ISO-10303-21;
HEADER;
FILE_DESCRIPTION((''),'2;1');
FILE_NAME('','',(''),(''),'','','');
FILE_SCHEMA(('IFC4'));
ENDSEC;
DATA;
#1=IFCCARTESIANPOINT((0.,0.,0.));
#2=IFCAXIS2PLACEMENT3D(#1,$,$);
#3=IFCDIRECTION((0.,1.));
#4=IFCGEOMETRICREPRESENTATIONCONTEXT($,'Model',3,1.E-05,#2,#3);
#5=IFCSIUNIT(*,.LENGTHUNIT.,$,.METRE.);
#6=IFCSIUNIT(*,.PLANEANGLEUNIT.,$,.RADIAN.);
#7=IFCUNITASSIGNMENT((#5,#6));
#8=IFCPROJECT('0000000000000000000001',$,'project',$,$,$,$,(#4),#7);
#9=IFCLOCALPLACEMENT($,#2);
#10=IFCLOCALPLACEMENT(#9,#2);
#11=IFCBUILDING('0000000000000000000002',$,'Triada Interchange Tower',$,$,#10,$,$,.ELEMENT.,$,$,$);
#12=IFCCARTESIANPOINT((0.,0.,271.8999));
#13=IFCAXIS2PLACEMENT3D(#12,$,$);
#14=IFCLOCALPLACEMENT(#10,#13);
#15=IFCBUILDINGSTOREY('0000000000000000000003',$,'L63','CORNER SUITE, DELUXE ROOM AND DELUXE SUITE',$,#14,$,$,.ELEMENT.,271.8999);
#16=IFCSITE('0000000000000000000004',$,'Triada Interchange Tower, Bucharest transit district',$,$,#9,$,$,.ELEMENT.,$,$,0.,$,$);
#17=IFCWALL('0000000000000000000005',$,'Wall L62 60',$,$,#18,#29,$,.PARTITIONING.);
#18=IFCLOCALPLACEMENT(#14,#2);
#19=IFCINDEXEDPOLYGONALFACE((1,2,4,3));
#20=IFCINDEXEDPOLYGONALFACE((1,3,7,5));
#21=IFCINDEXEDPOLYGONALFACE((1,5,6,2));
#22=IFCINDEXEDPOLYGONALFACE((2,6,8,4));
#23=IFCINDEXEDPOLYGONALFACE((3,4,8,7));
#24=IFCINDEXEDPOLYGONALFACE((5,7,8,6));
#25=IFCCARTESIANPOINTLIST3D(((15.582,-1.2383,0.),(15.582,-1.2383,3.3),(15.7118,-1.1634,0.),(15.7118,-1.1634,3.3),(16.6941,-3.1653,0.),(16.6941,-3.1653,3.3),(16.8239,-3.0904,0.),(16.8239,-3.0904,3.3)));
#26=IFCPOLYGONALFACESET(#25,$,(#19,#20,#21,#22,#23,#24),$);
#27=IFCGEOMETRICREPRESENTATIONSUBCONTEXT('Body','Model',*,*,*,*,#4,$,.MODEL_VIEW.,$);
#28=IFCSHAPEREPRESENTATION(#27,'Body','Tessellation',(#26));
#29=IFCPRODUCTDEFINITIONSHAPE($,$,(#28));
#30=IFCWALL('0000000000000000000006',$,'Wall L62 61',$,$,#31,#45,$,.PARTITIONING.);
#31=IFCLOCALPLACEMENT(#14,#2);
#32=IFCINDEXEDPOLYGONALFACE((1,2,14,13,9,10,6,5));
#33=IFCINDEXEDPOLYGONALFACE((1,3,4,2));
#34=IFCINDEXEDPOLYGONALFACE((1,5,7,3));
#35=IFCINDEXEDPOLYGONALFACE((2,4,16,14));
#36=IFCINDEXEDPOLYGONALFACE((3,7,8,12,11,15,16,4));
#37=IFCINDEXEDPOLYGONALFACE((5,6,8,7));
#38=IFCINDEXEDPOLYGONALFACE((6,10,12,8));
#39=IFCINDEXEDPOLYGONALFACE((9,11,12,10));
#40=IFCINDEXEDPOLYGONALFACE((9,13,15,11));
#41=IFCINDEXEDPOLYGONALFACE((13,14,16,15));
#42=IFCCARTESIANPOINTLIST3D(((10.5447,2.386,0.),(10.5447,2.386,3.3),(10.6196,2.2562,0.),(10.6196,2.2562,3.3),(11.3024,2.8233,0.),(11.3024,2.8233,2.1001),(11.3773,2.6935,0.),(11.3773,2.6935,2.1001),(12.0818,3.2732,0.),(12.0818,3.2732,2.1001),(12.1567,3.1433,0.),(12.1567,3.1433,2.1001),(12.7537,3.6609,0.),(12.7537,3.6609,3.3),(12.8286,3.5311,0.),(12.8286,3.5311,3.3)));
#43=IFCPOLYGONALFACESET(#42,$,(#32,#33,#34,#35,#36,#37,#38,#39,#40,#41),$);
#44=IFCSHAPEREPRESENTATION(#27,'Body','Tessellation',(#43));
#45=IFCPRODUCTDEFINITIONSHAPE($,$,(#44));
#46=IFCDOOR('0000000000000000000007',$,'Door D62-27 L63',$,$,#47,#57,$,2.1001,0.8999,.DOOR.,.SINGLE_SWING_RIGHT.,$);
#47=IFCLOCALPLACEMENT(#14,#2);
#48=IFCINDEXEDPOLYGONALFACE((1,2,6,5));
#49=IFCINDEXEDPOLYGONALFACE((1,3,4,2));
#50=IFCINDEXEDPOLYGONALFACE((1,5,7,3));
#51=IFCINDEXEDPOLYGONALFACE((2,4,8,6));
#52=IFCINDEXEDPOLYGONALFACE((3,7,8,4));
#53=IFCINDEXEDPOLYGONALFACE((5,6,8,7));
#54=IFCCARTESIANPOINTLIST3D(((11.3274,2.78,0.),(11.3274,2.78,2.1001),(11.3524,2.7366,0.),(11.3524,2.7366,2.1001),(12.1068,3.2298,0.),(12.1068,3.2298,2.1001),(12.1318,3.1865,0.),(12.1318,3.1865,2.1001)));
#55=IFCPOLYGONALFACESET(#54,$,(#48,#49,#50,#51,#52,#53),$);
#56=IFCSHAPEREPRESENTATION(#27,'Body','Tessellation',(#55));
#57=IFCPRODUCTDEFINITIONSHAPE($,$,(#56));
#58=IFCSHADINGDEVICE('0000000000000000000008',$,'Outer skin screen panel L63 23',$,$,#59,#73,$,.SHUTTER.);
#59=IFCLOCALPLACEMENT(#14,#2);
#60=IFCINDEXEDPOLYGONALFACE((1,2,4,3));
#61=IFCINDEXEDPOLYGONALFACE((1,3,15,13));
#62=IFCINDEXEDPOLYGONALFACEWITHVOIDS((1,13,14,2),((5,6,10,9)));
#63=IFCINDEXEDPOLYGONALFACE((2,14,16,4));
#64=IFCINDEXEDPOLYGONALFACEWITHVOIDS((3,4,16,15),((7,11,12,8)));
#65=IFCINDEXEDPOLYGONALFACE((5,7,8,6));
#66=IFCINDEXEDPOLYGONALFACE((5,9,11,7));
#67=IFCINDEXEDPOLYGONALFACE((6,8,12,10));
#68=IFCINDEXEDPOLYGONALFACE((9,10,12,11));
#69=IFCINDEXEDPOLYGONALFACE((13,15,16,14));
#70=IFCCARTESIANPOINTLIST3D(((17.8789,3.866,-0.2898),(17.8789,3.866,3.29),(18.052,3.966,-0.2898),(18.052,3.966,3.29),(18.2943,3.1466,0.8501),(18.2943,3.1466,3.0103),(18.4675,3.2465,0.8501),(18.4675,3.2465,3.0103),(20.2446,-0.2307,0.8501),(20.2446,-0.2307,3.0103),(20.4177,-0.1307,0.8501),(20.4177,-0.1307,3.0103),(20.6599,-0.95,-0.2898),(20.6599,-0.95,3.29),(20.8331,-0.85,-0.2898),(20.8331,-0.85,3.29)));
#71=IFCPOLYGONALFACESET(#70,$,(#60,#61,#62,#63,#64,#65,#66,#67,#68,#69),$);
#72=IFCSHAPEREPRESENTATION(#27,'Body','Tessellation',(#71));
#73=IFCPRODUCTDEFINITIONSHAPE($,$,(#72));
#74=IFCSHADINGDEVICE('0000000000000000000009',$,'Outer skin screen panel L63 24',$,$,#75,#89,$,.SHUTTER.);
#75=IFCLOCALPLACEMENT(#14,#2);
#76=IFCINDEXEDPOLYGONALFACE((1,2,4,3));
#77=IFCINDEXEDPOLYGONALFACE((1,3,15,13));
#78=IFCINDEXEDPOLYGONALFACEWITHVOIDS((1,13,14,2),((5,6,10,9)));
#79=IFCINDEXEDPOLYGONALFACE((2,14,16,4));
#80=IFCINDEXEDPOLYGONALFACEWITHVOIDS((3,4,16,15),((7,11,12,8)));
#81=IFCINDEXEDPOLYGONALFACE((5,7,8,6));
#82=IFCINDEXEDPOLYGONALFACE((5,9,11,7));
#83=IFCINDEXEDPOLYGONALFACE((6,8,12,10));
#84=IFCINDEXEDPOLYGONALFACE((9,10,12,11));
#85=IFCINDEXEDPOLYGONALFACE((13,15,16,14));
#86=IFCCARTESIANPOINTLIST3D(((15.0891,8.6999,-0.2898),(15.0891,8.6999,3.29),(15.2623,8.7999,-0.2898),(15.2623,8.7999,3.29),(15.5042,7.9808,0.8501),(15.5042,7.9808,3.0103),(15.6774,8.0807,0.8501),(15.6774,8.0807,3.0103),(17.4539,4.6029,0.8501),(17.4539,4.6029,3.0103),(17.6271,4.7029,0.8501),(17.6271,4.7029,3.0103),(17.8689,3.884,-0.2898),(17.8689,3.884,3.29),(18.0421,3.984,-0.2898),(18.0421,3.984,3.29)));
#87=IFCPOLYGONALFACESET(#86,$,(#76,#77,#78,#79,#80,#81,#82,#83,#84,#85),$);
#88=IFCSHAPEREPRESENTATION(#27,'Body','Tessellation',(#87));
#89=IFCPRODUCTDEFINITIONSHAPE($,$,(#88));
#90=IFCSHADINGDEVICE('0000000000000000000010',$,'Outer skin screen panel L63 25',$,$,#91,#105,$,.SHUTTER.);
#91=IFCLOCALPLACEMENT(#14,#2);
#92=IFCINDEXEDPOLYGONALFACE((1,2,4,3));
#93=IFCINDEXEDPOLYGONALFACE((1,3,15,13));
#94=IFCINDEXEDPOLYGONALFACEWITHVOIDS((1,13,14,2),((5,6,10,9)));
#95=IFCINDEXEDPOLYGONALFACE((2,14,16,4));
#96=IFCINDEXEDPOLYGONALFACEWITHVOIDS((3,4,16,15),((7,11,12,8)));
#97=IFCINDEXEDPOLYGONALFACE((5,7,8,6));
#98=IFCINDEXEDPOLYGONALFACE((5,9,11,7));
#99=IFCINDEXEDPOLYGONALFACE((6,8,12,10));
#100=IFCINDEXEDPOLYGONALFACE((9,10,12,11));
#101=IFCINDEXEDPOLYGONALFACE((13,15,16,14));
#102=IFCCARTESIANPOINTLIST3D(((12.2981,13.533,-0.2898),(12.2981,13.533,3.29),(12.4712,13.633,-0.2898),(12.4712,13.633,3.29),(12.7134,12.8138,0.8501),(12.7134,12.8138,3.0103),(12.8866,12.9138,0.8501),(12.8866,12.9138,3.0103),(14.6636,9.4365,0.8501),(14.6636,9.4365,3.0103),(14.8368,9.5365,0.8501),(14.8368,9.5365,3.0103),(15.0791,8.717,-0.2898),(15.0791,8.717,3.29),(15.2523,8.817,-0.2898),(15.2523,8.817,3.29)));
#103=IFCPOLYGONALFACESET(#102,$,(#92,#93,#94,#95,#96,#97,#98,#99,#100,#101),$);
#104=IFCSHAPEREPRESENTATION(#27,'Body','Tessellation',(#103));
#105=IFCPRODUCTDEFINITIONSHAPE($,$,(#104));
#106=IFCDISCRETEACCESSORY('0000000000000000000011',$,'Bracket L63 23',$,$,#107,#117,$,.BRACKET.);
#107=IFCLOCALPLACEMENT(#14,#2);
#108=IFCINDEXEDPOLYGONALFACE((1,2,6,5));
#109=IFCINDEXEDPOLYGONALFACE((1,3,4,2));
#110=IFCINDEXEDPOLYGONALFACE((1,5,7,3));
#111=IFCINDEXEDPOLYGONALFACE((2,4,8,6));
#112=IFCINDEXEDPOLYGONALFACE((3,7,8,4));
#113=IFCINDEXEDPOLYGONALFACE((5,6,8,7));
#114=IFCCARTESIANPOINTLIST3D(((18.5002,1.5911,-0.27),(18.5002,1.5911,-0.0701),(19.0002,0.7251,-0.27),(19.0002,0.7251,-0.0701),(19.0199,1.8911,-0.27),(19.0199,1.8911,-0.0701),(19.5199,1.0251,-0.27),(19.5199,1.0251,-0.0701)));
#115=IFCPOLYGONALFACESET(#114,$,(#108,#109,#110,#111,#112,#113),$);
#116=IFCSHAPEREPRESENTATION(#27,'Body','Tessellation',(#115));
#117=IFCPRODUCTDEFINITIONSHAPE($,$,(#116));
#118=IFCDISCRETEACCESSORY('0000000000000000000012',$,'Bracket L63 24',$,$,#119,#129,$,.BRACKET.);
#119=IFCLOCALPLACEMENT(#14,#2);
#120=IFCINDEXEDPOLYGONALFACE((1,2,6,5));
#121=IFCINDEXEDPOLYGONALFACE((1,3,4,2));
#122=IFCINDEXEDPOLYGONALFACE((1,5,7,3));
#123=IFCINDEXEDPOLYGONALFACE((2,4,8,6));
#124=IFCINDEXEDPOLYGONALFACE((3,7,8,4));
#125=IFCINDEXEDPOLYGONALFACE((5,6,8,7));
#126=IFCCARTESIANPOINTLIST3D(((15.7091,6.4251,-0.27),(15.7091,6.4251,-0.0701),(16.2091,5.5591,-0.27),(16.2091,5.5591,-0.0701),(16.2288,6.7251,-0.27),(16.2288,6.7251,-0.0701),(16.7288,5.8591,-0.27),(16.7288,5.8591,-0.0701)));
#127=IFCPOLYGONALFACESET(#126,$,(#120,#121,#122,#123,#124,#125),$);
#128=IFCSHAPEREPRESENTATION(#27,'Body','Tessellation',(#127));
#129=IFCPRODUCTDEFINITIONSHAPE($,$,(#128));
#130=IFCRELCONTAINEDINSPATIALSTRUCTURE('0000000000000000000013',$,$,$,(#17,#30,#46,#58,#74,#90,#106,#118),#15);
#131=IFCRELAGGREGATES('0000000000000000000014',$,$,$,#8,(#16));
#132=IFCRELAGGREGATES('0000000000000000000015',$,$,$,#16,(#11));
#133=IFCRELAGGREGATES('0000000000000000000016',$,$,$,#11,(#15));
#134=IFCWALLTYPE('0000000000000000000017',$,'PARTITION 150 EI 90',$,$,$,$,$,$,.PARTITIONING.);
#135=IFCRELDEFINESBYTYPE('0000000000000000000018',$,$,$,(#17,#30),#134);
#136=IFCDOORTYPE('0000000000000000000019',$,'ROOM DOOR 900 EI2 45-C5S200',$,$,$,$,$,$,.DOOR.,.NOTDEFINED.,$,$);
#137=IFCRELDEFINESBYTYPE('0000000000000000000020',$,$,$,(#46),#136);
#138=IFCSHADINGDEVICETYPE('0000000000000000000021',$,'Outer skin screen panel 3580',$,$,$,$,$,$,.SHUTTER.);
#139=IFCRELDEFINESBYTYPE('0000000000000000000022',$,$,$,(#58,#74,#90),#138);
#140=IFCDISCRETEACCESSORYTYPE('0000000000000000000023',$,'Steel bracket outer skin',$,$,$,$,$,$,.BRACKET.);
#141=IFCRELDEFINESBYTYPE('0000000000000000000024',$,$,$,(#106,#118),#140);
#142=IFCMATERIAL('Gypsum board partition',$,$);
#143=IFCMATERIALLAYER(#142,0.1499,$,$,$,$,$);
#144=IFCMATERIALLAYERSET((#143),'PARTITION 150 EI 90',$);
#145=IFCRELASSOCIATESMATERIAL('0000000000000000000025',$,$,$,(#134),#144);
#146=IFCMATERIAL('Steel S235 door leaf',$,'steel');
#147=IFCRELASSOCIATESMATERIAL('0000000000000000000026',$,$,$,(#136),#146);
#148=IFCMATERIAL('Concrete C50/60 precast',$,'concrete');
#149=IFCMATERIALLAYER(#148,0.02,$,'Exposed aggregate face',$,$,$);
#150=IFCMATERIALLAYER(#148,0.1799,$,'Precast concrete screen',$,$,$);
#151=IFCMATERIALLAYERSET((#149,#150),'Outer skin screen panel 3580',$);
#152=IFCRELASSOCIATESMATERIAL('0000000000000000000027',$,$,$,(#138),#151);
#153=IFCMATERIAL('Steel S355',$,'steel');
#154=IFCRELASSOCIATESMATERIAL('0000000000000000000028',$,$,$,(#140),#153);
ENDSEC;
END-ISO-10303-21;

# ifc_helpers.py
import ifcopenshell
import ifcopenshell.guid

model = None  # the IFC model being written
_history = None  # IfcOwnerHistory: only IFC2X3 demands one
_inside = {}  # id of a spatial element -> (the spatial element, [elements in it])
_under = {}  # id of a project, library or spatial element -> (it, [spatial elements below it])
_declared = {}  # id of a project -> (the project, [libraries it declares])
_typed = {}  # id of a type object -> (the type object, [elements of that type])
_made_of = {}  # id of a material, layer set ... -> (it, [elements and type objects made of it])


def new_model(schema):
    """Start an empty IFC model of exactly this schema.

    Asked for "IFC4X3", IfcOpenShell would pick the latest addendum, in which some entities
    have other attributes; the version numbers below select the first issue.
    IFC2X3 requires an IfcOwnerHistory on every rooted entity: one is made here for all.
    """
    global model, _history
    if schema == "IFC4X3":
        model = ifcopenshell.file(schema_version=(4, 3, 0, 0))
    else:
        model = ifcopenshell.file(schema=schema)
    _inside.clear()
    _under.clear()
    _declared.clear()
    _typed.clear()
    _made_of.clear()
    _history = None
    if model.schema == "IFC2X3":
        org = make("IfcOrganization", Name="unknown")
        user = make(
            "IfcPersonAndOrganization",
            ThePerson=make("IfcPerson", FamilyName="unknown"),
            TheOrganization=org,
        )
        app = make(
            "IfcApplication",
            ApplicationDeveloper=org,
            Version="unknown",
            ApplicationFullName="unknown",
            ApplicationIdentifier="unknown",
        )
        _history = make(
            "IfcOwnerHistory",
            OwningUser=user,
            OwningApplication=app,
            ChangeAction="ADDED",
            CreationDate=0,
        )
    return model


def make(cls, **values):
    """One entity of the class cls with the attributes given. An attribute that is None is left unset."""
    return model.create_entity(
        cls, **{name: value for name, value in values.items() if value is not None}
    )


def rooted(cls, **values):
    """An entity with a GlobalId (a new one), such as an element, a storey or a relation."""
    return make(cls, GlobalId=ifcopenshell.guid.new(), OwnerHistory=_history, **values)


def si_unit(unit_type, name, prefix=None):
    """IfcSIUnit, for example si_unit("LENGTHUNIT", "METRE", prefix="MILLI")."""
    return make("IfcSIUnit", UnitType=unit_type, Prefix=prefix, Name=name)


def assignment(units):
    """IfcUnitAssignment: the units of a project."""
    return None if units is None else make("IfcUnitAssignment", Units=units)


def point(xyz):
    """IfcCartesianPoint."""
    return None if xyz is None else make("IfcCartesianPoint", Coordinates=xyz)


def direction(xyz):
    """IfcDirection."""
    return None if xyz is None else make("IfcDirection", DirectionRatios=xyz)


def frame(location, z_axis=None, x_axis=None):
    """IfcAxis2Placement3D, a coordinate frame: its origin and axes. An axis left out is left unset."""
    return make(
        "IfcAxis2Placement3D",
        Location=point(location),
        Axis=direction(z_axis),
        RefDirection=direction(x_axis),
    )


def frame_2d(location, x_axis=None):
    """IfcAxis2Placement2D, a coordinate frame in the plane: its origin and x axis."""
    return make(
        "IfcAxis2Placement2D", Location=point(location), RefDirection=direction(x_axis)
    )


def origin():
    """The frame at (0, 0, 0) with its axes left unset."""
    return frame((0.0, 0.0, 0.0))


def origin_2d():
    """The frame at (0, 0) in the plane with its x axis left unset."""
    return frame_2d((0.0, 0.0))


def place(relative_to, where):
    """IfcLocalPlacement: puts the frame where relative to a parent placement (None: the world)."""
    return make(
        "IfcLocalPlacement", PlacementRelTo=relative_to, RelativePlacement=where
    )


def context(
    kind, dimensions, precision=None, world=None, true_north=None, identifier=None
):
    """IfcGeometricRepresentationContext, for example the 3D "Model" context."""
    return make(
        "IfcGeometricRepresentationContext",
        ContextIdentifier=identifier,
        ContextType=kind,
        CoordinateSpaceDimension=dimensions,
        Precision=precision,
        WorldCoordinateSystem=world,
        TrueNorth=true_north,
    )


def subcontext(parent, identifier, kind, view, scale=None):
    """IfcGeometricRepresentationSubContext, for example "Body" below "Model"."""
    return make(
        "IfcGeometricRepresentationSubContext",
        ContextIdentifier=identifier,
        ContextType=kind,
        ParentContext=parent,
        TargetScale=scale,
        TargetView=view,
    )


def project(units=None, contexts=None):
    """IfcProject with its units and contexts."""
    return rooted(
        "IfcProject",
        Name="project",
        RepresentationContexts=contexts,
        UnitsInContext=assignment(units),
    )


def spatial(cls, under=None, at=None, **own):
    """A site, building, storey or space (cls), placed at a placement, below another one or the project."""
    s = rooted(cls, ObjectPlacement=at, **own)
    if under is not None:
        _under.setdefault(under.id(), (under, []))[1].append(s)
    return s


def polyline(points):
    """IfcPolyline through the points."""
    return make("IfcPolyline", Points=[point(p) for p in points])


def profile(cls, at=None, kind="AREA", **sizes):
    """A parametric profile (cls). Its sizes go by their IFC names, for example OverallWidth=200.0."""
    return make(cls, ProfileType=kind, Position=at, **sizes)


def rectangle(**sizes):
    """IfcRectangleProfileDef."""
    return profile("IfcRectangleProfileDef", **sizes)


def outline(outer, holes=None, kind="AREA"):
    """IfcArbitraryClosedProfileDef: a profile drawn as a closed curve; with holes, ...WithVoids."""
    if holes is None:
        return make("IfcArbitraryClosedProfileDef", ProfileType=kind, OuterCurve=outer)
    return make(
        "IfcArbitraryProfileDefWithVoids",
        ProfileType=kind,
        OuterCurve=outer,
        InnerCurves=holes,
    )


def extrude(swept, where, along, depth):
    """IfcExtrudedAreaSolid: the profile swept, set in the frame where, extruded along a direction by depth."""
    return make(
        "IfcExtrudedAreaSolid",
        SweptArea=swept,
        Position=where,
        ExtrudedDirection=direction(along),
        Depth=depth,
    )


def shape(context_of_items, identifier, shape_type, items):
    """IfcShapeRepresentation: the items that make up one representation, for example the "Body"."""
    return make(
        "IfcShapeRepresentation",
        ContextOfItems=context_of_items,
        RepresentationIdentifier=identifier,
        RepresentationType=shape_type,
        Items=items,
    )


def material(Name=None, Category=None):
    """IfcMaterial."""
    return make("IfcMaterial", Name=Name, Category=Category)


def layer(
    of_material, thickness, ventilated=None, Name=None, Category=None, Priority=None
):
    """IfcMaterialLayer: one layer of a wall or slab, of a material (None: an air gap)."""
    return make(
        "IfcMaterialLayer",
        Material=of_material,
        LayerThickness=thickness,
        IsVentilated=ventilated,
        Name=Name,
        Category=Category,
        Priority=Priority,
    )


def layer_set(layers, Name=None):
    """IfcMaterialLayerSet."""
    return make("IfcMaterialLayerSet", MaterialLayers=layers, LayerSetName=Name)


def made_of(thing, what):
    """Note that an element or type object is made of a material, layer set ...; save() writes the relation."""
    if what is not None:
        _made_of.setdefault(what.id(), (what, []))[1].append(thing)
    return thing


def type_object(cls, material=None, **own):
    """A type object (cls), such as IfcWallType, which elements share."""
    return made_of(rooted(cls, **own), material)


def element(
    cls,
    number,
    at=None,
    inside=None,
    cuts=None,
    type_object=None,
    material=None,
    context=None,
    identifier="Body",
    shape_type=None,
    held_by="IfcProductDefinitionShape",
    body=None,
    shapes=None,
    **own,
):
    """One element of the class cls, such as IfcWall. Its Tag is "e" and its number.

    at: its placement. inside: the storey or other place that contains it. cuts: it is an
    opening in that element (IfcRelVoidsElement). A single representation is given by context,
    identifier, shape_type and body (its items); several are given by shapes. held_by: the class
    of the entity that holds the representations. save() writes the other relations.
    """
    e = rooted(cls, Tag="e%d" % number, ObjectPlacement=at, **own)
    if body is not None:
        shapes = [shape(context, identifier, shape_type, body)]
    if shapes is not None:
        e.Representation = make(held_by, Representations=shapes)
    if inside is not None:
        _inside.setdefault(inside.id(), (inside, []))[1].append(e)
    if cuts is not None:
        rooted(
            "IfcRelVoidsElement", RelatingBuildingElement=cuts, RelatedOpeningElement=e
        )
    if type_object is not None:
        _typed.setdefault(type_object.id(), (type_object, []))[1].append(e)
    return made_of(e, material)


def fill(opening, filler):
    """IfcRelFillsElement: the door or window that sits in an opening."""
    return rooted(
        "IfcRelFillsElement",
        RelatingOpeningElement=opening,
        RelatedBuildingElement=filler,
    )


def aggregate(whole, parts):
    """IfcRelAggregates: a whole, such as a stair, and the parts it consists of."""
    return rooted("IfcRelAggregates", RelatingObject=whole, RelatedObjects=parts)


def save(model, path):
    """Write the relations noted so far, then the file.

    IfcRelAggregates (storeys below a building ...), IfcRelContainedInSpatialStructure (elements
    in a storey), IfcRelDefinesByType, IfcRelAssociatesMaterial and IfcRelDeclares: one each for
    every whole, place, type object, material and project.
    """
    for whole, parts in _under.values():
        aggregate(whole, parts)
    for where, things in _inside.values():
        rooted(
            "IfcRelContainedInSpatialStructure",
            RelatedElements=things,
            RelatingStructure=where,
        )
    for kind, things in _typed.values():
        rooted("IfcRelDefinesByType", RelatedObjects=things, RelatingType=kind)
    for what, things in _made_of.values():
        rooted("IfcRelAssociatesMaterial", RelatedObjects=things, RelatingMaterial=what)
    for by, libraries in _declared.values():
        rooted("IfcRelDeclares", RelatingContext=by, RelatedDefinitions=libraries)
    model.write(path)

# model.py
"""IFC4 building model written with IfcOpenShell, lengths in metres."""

from ifc_helpers import new_model, si_unit, direction, frame, frame_2d, origin, origin_2d, place, context, subcontext, project, spatial, polyline, rectangle, outline, extrude, material, layer, layer_set, type_object, element, fill, save


model = new_model("IFC4")

# Units and contexts
model_context = context("Model", 3, precision=1e-05, world=origin(), true_north=direction((0.0, 1.0)))
body_context = subcontext(model_context, "Body", "Model", "MODEL_VIEW")
ifc_project = project(units=[si_unit("LENGTHUNIT", "METRE"), si_unit("PLANEANGLEUNIT", "RADIAN")], contexts=[model_context])

# Site, building, storey
site_placement = place(None, origin())
site = spatial("IfcSite", under=ifc_project, at=site_placement, Name="Triada Interchange Tower, Bucharest transit district", CompositionType="ELEMENT", RefElevation=0.0)
building_placement = place(site_placement, origin())
building = spatial("IfcBuilding", under=site, at=building_placement, Name="Triada Interchange Tower", CompositionType="ELEMENT")
storey_placement = place(building_placement, frame((0.0, 0.0, 271.8999)))
storey = spatial("IfcBuildingStorey", under=building, at=storey_placement, Name="L63", Description="CORNER SUITE, DELUXE ROOM AND DELUXE SUITE", CompositionType="ELEMENT", Elevation=271.8999)

# Shared definitions
ifc_material_1 = material(Name="Gypsum board partition")

# Shared definitions
ifc_layer_1 = layer(ifc_material_1, 0.1499)
ifc_layer_set_1 = layer_set([ifc_layer_1], Name="PARTITION 150 EI 90")
wall_type_1 = type_object("IfcWallType", Name="PARTITION 150 EI 90", PredefinedType="PARTITIONING", material=ifc_layer_set_1)
ifc_material_2 = material(Name="Steel S235 door leaf", Category="steel")
door_type = type_object("IfcDoorType", Name="ROOM DOOR 900 EI2 45-C5S200", OperationType="NOTDEFINED", PredefinedType="DOOR", material=ifc_material_2)

# Wall
wall_1_placement = place(storey_placement, frame((15.647, -1.2009, 0.0), z_axis=(0.0, 0.0, 1.0), x_axis=(0.499833, -0.866122, 0.0)))
element("IfcWall", 1, at=wall_1_placement, inside=storey, type_object=wall_type_1, Name="Wall L62 60", PredefinedType="PARTITIONING", context=body_context, shape_type="SweptSolid", body=[
    extrude(rectangle(XDim=2.2249, YDim=0.1499, at=frame_2d((1.1123, 0.0))), origin(), (0.0, 0.0, 1.0), 3.3),
])

# Wall, opening, door
wall_2_placement = place(storey_placement, frame((10.582, 2.321, 0.0), z_axis=(0.0, 0.0, 1.0), x_axis=(0.866103, 0.499866, 0.0)))
wall_2 = element("IfcWall", 2, at=wall_2_placement, inside=storey, type_object=wall_type_1, Name="Wall L62 61", PredefinedType="PARTITIONING", context=body_context, shape_type="SweptSolid", body=[
    extrude(rectangle(XDim=2.5505, YDim=0.1499, at=frame_2d((1.2754, 0.0))), origin(), (0.0, 0.0, 1.0), 3.3),
])
opening_1_placement = place(wall_2_placement, frame((0.875, 0.0, 0.0)))
opening_1 = element("IfcOpeningElement", 3, at=opening_1_placement, cuts=wall_2, PredefinedType="OPENING", context=body_context, shape_type="SweptSolid", body=[
    extrude(rectangle(XDim=0.8999, YDim=2.1001, at=frame_2d((0.45, 1.05))), frame((0.0, 0.085, 0.0), z_axis=(0.0, -1.0, 0.0), x_axis=(1.0, 0.0, 0.0)), (0.0, 0.0, 1.0), 0.1699),
])
door_1_placement = place(opening_1_placement, origin())
door_1 = element("IfcDoor", 4, at=door_1_placement, inside=storey, type_object=door_type, Name="Door D62-27 L63", OperationType="SINGLE_SWING_RIGHT", OverallHeight=2.1001, OverallWidth=0.8999, PredefinedType="DOOR", context=body_context, shape_type="SweptSolid", body=[
    extrude(rectangle(XDim=0.8999, YDim=2.1001, at=frame_2d((0.45, 1.05))), frame((0.0, 0.0249, 0.0), z_axis=(0.0, -1.0, 0.0), x_axis=(1.0, 0.0, 0.0)), (0.0, 0.0, 1.0), 0.05),
])
fill(opening_1, door_1)

# Shading devices
ifc_material_3 = material(Name="Concrete C50/60 precast", Category="concrete")
ifc_layer_2 = layer(ifc_material_3, 0.02, Name="Exposed aggregate face")
ifc_layer_3 = layer(ifc_material_3, 0.1799, Name="Precast concrete screen")
ifc_layer_set_2 = layer_set([ifc_layer_2, ifc_layer_3], Name="Outer skin screen panel 3580")
shading_device_type = type_object("IfcShadingDeviceType", Name="Outer skin screen panel 3580", PredefinedType="SHUTTER", material=ifc_layer_set_2)
shading_device_1_placement = place(storey_placement, frame((20.6599, -0.95, -0.2898), z_axis=(0.0, 0.0, 1.0), x_axis=(-0.500072, 0.865984, 0.0)))
element("IfcShadingDevice", 5, at=shading_device_1_placement, inside=storey, type_object=shading_device_type, Name="Outer skin screen panel L63 23", PredefinedType="SHUTTER", context=body_context, shape_type="SweptSolid", body=[
    extrude(outline(polyline([(0.0, 0.0), (5.5613, 0.0), (5.5613, 3.5798), (0.0, 3.5798), (0.0, 0.0)]), holes=[polyline([(0.8306, 1.1399), (0.8306, 3.3), (4.7305, 3.3), (4.7305, 1.1399), (0.8306, 1.1399)])]), frame((0.0, 0.0, 0.0), z_axis=(0.0, -1.0, 0.0), x_axis=(1.0, 0.0, 0.0)), (0.0, 0.0, 1.0), 0.2),
])
shading_device_2_placement = place(storey_placement, frame((17.8689, 3.884, -0.2898), z_axis=(0.0, 0.0, 1.0), x_axis=(-0.499907, 0.866079, 0.0)))
element("IfcShadingDevice", 6, at=shading_device_2_placement, inside=storey, type_object=shading_device_type, Name="Outer skin screen panel L63 24", PredefinedType="SHUTTER", context=body_context, shape_type="SweptSolid", body=[
    extrude(outline(polyline([(0.0, 0.0), (5.5605, 0.0), (5.5605, 3.5798), (0.0, 3.5798), (0.0, 0.0)]), holes=[polyline([(0.8301, 1.1399), (0.8301, 3.3), (4.7302, 3.3), (4.7302, 1.1399), (0.8301, 1.1399)])]), frame((0.0, 0.0, 0.0), z_axis=(0.0, -1.0, 0.0), x_axis=(1.0, 0.0, 0.0)), (0.0, 0.0, 1.0), 0.2),
])
shading_device_3_placement = place(storey_placement, frame((15.0791, 8.717, -0.2898), z_axis=(0.0, 0.0, 1.0), x_axis=(-0.500072, 0.865984, 0.0)))
element("IfcShadingDevice", 7, at=shading_device_3_placement, inside=storey, type_object=shading_device_type, Name="Outer skin screen panel L63 25", PredefinedType="SHUTTER", context=body_context, shape_type="SweptSolid", body=[
    extrude(outline(polyline([(0.0, 0.0), (5.5613, 0.0), (5.5613, 3.5798), (0.0, 3.5798), (0.0, 0.0)]), holes=[polyline([(0.8308, 1.1399), (0.8308, 3.3), (4.7307, 3.3), (4.7307, 1.1399), (0.8308, 1.1399)])]), frame((0.0, 0.0, 0.0), z_axis=(0.0, -1.0, 0.0), x_axis=(1.0, 0.0, 0.0)), (0.0, 0.0, 1.0), 0.2),
])

# Discrete accessories
ifc_material_4 = material(Name="Steel S355", Category="steel")
discrete_accessory_type = type_object("IfcDiscreteAccessoryType", Name="Steel bracket outer skin", PredefinedType="BRACKET", material=ifc_material_4)
for number, where, z_axis, x_axis, name in (
    (8, (19.01, 1.3081, -0.27), (0.0, 0.0, 1.0), (0.866029, 0.499994, 0.0), "Bracket L63 23"),
    (9, (16.219, 6.1421, -0.27), (0.0, 0.0, 1.0), (0.866029, 0.499994, 0.0), "Bracket L63 24"),
):
    element("IfcDiscreteAccessory", number, at=place(storey_placement, frame(where, z_axis=z_axis, x_axis=x_axis)), inside=storey, type_object=discrete_accessory_type, Name=name, PredefinedType="BRACKET", context=body_context, shape_type="SweptSolid", body=[
        extrude(rectangle(XDim=0.6001, YDim=1.0, at=origin_2d()), origin(), (0.0, 0.0, 1.0), 0.2),
    ])

save(model, "model.ifc")
